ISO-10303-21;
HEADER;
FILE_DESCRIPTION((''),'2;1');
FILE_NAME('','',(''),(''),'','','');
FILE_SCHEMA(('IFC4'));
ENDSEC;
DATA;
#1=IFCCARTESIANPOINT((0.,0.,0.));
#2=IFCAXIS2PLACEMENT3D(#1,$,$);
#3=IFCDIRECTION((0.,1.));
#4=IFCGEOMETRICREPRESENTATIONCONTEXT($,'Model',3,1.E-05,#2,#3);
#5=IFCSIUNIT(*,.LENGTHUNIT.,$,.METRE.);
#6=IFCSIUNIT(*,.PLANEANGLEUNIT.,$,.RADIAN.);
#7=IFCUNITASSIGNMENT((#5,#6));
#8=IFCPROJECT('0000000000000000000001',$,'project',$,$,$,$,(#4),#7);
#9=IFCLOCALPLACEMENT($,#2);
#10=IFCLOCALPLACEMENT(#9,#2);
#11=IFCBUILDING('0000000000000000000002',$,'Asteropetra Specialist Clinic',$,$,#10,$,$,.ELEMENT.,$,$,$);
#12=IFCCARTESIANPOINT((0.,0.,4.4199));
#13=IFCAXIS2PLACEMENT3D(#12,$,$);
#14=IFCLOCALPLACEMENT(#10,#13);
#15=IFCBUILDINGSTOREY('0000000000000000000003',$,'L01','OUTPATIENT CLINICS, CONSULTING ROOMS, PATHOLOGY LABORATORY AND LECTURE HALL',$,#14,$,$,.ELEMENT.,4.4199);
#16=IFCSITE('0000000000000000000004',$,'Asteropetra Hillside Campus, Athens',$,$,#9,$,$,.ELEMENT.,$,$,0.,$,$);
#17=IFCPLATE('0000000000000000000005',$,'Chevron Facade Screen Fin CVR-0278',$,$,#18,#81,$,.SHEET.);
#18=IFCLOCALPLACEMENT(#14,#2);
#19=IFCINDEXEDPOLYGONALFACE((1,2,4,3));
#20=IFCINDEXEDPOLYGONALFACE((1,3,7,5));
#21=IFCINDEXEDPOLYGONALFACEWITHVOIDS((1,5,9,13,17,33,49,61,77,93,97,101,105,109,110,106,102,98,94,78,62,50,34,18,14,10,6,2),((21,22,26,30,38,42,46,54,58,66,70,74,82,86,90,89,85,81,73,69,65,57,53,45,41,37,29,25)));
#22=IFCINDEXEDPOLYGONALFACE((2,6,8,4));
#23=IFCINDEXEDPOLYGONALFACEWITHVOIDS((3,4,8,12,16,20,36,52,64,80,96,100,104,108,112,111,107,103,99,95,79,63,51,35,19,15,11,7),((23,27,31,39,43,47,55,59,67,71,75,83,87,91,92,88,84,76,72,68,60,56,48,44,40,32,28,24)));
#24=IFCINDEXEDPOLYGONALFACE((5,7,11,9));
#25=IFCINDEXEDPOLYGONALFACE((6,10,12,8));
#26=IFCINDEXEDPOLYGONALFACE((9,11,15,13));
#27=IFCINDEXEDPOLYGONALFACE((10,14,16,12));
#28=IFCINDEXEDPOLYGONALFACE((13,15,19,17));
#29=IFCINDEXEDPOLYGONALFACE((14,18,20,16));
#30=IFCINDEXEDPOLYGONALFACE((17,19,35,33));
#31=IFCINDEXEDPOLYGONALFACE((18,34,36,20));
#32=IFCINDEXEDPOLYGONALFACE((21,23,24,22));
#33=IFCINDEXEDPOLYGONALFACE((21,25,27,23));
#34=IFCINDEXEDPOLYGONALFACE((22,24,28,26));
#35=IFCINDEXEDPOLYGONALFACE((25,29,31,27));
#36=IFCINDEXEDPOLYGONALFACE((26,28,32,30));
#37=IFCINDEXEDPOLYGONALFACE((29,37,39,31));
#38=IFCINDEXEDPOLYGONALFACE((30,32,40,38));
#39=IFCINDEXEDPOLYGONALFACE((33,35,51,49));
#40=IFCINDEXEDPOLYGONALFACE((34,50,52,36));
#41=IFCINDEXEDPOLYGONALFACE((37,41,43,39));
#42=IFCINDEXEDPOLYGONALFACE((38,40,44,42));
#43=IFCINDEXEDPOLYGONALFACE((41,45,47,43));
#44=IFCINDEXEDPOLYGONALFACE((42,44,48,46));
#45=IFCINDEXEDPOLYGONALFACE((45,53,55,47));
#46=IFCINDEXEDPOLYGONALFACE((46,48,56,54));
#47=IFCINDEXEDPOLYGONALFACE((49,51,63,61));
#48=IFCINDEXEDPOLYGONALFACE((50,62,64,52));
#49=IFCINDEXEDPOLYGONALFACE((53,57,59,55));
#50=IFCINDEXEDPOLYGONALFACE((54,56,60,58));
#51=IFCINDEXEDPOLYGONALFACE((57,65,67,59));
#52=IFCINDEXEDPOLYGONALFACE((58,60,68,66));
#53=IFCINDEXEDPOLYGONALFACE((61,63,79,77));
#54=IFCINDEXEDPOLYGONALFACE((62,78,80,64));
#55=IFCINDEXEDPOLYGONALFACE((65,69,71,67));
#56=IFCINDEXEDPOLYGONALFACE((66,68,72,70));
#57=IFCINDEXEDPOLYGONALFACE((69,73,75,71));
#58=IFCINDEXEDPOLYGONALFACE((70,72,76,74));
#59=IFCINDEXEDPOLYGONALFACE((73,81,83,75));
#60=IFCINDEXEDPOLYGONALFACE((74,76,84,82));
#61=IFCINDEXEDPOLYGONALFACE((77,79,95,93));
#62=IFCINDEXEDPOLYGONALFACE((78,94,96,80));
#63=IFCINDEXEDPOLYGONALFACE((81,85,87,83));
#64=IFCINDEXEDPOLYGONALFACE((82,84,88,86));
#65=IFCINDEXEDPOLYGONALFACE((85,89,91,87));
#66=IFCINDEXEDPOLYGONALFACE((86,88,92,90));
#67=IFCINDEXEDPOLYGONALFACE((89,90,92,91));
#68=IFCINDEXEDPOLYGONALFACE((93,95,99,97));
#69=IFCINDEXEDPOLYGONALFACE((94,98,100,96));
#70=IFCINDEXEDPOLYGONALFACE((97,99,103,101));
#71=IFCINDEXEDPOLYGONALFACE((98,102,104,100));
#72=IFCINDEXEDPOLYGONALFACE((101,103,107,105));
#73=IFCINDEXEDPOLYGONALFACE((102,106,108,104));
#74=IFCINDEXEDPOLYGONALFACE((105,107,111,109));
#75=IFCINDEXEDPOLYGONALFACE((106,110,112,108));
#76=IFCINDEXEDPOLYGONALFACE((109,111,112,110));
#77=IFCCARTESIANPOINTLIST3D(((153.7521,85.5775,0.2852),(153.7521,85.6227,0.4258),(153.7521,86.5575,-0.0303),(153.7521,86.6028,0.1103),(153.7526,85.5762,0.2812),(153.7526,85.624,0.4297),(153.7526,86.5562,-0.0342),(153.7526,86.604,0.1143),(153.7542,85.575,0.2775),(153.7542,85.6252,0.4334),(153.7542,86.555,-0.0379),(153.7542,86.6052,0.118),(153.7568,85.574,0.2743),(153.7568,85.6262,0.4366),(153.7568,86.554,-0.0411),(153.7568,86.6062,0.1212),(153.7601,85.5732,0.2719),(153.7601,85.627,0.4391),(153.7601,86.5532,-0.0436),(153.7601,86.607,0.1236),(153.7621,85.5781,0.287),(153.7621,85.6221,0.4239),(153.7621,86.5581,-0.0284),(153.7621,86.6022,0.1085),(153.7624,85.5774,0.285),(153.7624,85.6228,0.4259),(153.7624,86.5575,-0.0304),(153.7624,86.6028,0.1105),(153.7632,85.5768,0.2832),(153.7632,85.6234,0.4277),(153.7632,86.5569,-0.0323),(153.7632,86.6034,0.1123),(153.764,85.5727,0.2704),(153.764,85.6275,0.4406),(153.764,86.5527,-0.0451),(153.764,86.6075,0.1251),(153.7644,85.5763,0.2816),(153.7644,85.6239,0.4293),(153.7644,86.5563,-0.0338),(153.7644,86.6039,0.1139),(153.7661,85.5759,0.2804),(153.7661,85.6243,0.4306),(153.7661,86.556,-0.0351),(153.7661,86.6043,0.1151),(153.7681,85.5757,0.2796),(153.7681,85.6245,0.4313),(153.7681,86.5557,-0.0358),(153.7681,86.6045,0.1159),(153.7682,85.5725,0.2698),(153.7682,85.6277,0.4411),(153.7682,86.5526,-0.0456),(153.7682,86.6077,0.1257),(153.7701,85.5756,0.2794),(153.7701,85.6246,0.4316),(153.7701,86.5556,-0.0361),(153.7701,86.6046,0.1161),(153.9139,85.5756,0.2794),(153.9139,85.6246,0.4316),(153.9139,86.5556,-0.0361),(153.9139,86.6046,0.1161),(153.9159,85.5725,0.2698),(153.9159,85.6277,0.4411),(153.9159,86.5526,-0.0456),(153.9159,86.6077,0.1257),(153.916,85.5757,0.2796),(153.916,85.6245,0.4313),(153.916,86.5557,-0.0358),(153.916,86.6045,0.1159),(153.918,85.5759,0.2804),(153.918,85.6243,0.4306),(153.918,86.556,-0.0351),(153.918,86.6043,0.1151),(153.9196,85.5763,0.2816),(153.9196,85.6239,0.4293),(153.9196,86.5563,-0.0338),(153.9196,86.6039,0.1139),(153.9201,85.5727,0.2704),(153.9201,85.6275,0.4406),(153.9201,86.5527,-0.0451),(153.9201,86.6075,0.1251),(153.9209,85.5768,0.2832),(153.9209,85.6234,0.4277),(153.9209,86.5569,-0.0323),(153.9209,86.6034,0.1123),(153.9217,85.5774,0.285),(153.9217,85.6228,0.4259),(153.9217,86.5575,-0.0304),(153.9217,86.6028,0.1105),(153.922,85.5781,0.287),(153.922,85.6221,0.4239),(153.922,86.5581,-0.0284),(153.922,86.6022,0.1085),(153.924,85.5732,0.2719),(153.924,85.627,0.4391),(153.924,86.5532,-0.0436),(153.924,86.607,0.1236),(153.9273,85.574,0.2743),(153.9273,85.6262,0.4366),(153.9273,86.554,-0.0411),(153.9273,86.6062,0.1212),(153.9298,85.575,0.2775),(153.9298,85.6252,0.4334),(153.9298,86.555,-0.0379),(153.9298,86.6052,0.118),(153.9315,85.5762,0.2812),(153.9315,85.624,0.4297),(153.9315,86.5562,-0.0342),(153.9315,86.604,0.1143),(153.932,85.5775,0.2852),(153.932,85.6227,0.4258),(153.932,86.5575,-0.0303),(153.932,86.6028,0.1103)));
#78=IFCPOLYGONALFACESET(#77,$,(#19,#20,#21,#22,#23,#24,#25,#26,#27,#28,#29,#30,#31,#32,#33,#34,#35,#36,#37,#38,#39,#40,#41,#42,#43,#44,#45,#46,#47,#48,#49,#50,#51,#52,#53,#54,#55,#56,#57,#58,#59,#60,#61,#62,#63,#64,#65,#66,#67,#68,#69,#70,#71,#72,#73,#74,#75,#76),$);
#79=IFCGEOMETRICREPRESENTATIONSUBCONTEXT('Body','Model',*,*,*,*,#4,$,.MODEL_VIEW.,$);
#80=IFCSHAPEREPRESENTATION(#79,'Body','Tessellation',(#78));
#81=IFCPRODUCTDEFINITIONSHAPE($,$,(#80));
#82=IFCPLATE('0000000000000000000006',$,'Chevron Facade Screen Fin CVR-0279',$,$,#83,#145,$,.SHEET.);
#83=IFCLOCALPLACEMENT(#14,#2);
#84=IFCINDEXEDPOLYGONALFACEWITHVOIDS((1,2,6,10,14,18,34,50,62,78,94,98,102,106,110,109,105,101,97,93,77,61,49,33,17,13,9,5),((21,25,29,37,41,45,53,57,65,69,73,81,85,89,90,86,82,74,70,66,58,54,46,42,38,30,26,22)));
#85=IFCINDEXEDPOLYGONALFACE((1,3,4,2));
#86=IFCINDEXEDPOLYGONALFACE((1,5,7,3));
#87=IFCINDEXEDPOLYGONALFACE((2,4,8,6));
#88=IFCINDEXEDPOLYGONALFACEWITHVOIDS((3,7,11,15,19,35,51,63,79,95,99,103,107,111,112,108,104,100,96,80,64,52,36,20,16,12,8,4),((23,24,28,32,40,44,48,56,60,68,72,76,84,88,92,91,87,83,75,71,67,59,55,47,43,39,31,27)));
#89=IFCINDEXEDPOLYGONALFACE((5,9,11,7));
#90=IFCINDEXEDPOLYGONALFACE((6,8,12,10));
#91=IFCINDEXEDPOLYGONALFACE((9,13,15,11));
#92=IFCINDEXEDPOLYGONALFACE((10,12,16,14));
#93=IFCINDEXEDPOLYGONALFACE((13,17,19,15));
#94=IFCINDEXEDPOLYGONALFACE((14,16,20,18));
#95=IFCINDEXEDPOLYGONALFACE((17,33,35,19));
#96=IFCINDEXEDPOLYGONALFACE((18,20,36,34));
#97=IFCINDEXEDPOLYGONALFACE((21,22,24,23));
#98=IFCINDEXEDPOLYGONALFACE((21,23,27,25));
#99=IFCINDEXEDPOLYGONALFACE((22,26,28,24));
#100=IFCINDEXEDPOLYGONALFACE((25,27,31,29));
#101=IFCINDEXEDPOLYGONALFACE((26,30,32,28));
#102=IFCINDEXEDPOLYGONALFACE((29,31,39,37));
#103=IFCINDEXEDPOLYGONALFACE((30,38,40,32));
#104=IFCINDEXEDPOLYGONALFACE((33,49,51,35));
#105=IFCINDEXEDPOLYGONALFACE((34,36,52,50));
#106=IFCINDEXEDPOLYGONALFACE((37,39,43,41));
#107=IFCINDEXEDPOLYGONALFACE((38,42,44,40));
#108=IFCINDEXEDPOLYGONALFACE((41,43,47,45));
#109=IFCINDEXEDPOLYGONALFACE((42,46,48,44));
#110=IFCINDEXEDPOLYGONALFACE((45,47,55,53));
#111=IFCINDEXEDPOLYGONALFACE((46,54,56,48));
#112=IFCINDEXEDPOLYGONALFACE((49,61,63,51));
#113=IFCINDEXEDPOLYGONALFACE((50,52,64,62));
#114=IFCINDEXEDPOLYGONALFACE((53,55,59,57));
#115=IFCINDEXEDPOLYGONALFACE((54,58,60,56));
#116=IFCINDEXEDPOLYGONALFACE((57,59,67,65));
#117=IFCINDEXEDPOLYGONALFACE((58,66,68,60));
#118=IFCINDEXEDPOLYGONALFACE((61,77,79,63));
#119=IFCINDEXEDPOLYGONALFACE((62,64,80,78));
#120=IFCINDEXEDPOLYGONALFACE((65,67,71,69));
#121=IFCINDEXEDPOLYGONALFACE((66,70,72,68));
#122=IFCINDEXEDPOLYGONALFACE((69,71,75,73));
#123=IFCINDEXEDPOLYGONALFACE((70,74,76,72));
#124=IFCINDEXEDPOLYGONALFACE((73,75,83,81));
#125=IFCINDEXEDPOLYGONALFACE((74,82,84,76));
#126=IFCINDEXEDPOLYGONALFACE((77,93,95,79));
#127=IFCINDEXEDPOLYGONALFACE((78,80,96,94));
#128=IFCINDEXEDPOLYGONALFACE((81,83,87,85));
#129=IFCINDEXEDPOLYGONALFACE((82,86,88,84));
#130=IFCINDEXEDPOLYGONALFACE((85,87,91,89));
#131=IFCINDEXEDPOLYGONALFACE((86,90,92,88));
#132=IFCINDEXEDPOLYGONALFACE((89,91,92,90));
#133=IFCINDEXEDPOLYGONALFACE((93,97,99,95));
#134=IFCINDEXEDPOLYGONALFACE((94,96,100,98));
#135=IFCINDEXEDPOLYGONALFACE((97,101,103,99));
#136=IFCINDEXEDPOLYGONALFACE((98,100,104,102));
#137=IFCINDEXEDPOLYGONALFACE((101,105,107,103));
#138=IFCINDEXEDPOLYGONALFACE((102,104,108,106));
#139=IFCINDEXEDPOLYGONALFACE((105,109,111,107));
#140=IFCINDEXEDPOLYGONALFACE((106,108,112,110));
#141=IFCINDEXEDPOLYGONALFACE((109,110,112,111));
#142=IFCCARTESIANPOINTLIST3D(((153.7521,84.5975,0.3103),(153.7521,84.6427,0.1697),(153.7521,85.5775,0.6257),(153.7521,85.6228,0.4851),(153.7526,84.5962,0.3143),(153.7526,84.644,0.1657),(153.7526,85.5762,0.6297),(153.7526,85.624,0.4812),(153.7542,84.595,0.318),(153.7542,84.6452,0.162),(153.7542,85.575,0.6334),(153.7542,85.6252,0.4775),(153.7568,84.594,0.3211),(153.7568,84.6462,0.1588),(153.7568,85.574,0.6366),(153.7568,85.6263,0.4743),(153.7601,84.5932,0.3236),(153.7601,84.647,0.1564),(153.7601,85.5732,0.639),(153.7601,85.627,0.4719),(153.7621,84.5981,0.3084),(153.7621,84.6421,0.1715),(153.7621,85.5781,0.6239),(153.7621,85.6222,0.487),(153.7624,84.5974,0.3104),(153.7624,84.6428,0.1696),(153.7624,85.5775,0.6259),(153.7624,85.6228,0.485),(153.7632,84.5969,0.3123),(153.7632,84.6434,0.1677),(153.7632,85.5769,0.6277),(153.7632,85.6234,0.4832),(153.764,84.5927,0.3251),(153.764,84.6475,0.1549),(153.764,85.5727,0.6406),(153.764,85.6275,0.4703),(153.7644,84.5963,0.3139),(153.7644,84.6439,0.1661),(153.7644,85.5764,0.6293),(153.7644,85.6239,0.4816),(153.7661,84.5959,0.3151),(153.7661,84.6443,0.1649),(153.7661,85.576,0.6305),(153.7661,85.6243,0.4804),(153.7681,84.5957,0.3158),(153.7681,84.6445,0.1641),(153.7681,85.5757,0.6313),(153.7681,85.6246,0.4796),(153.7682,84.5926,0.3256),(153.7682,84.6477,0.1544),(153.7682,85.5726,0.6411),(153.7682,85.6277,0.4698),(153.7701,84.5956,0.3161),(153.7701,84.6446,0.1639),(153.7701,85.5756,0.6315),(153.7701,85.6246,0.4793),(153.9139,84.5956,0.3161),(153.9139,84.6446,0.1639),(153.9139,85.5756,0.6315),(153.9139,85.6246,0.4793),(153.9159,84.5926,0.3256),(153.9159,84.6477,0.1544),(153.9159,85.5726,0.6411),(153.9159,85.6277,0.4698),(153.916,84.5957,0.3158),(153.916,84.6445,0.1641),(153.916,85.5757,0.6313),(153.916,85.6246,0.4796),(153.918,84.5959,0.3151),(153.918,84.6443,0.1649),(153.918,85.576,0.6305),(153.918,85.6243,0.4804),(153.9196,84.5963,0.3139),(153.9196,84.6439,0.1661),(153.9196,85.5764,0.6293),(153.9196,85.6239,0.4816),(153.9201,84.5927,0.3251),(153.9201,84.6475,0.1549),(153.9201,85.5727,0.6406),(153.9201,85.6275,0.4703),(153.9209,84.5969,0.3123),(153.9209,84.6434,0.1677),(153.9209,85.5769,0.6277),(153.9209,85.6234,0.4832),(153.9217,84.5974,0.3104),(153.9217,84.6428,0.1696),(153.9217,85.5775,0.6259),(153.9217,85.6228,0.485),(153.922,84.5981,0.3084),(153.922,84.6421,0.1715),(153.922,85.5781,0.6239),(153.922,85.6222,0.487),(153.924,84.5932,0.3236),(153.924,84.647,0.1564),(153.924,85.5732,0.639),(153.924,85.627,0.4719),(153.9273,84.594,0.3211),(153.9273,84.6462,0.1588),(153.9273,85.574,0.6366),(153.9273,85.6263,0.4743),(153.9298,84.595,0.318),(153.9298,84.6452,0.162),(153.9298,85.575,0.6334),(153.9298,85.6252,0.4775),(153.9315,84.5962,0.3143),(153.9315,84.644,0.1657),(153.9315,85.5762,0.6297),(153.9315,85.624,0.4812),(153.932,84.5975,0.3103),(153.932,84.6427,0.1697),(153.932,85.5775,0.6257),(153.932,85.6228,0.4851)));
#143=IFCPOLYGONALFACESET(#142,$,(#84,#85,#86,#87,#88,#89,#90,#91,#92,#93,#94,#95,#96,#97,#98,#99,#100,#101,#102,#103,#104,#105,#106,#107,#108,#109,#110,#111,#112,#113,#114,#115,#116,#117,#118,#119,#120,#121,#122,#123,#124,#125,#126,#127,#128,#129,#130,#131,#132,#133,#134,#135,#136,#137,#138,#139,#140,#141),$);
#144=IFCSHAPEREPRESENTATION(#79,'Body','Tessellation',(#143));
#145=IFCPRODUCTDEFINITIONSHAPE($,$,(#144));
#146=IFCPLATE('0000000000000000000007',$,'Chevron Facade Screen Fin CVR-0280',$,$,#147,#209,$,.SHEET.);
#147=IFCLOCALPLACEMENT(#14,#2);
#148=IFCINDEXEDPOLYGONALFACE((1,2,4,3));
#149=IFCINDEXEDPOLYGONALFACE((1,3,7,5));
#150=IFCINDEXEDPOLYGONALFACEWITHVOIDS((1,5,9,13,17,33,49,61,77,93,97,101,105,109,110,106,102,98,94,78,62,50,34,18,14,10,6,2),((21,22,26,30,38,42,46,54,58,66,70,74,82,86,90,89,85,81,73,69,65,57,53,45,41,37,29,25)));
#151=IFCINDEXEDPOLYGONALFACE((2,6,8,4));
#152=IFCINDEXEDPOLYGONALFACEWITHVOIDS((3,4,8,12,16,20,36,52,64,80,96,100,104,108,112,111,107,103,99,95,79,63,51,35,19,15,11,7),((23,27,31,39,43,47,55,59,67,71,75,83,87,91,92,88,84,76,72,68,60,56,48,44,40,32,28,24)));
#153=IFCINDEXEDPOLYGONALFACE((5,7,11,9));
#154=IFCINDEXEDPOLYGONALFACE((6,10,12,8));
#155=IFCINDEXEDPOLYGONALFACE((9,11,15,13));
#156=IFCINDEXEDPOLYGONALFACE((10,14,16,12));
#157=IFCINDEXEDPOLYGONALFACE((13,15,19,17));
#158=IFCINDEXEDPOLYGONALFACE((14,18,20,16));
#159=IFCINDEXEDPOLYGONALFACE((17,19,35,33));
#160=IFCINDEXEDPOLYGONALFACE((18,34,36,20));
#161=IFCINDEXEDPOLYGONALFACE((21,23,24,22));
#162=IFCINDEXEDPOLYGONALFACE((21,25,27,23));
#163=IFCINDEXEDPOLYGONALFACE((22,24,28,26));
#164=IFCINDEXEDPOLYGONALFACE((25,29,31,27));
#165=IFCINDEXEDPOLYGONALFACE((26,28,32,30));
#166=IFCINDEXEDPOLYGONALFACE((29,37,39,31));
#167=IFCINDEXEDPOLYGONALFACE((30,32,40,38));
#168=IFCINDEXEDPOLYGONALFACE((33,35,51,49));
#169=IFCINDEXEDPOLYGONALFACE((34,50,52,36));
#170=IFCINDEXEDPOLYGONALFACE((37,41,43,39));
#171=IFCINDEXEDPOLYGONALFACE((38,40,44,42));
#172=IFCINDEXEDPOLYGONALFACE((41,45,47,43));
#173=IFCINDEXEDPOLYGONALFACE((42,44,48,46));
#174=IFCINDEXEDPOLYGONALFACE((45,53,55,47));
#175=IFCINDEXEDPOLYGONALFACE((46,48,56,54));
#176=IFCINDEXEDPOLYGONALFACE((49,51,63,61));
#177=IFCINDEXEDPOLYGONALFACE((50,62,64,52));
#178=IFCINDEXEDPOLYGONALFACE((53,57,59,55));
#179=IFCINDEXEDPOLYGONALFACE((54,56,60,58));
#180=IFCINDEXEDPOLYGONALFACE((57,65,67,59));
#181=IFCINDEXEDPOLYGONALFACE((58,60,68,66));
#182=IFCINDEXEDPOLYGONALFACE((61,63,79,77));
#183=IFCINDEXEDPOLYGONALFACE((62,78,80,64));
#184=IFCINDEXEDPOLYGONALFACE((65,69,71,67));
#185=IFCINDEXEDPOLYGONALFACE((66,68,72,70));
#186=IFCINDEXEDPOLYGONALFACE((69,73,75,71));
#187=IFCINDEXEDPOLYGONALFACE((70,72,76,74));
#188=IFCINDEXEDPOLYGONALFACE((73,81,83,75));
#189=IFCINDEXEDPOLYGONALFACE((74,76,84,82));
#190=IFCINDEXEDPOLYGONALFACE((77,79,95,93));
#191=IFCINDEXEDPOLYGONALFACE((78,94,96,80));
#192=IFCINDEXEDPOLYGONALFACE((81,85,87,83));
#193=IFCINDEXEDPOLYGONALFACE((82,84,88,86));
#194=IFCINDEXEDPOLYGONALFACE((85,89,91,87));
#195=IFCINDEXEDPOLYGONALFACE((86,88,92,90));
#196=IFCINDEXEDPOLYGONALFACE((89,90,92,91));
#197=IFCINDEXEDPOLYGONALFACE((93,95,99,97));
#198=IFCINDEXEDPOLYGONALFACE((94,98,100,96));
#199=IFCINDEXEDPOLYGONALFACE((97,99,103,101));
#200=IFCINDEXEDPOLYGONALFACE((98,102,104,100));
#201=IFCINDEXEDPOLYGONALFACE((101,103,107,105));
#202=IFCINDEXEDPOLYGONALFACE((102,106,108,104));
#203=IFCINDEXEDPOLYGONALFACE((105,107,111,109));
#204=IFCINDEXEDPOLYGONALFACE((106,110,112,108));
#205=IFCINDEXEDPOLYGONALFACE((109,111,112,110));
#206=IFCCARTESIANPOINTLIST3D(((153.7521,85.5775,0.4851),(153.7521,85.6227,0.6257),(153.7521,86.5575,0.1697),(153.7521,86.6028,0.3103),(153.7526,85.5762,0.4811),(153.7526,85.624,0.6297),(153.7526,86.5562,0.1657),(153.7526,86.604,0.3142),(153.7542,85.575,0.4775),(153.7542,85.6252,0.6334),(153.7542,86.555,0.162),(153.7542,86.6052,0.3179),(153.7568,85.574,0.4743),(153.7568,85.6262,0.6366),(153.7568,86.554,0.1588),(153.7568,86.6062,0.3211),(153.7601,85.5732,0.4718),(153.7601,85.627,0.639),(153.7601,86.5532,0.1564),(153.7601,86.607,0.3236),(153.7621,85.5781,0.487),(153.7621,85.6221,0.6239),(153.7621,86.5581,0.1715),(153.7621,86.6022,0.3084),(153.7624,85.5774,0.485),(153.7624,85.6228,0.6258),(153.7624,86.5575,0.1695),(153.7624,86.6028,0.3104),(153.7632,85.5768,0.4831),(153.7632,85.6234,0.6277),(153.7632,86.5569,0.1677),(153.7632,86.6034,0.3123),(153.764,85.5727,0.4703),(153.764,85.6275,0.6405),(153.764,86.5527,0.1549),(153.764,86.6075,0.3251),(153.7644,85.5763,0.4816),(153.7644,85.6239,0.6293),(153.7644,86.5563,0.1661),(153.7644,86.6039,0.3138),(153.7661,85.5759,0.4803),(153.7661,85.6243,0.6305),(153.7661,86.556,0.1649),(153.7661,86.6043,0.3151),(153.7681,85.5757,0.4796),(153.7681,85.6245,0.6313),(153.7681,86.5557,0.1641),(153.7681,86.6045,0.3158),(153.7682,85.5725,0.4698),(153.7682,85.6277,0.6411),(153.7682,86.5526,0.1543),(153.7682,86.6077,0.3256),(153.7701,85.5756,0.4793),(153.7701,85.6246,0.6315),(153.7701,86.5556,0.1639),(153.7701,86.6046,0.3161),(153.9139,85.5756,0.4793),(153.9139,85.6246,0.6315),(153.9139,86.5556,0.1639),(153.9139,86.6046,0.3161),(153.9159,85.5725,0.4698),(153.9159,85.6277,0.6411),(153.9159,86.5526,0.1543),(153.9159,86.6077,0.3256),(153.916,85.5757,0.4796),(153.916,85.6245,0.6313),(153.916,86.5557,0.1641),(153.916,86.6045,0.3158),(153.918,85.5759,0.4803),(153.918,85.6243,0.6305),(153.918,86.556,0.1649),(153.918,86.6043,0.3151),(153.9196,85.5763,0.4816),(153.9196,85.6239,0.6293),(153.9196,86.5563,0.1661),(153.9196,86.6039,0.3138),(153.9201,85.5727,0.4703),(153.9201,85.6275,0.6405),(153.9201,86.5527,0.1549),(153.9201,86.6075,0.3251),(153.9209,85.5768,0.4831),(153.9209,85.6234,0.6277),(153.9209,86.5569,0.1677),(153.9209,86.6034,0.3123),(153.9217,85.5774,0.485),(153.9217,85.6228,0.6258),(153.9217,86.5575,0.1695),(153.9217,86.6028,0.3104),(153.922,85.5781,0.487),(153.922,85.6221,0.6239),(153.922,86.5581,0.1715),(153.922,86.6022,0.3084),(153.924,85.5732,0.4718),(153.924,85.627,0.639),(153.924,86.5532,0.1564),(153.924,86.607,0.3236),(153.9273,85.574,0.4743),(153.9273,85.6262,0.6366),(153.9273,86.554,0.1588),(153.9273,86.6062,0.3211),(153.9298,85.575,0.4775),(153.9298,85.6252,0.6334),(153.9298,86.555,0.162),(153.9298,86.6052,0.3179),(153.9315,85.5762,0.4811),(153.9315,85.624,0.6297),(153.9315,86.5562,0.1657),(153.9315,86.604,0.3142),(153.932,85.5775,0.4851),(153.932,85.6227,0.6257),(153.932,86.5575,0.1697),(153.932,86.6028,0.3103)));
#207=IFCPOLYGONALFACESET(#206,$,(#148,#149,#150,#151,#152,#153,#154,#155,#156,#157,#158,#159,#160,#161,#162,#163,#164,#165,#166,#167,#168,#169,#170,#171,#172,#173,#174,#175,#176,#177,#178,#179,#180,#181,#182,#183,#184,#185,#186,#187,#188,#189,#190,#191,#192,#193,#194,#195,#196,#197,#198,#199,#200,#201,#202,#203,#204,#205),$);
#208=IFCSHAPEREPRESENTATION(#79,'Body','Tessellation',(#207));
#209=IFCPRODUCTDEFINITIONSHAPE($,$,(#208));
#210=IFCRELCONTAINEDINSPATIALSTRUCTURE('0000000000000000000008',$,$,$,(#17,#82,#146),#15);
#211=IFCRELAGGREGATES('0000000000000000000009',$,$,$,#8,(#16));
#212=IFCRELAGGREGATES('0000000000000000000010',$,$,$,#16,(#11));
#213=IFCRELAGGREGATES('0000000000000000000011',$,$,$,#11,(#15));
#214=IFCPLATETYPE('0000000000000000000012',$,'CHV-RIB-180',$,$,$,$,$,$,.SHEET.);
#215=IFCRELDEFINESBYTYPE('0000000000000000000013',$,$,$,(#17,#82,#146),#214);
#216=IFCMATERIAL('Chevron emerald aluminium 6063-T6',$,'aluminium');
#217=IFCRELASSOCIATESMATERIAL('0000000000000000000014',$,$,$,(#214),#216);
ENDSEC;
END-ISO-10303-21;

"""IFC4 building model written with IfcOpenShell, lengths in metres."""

from ifc_helpers import new_model, si_unit, direction, frame, origin, origin_2d, place, context, subcontext, project, spatial, hollow_rectangle, extrude, material, material_profile, profile_set, type_object, element, save


model = new_model("IFC4")

# Units and contexts
model_context = context("Model", 3, precision=1e-05, world=origin(), true_north=direction((0.0, 1.0)))
body_context = subcontext(model_context, "Body", "Model", "MODEL_VIEW")
ifc_project = project(units=[si_unit("LENGTHUNIT", "METRE"), si_unit("PLANEANGLEUNIT", "RADIAN")], contexts=[model_context])

# Site, building, storey
site_placement = place(None, origin())
site = spatial("IfcSite", under=ifc_project, at=site_placement, Name="Asteropetra Hillside Campus, Athens", CompositionType="ELEMENT", RefElevation=0.0)
building_placement = place(site_placement, origin())
building = spatial("IfcBuilding", under=site, at=building_placement, Name="Asteropetra Specialist Clinic", CompositionType="ELEMENT")
storey_placement = place(building_placement, frame((0.0, 0.0, 4.4199)))
storey = spatial("IfcBuildingStorey", under=building, at=storey_placement, Name="L01", Description="OUTPATIENT CLINICS, CONSULTING ROOMS, PATHOLOGY LABORATORY AND LECTURE HALL", CompositionType="ELEMENT", Elevation=4.4199)

# Plates
ifc_material = material(Name="Chevron emerald aluminium 6063-T6", Category="aluminium")
ifc_material_profile = material_profile(ifc_material, hollow_rectangle(XDim=0.1799, YDim=0.1799, WallThickness=0.01, InnerFilletRadius=0.0081, OuterFilletRadius=0.0161, at=origin_2d()), Name="SHS 180x180x10.0")
ifc_profile_set = profile_set([ifc_material_profile], Name="Chevron emerald aluminium 6063-T6")
plate_type = type_object("IfcPlateType", Name="CHV-RIB-180", PredefinedType="SHEET", material=ifc_profile_set)
for number, where, z_axis, x_axis, name in (
    (1, (153.842, 85.6001, 0.3555), (0.0, 0.951905, -0.306393), (-1.0, 0.0, 0.0), "Chevron Facade Screen Fin CVR-0278"),
    (2, (153.842, 84.6201, 0.24), (0.0, 0.951905, 0.306393), (-1.0, 0.0, 0.0), "Chevron Facade Screen Fin CVR-0279"),
    (3, (153.842, 85.6001, 0.5554), (0.0, 0.951905, -0.306393), (-1.0, 0.0, 0.0), "Chevron Facade Screen Fin CVR-0280"),
):
    element("IfcPlate", number, at=place(storey_placement, frame(where, z_axis=z_axis, x_axis=x_axis)), inside=storey, type_object=plate_type, Name=name, PredefinedType="SHEET", context=body_context, shape_type="SweptSolid", body=[
        extrude(hollow_rectangle(XDim=0.1799, YDim=0.1799, WallThickness=0.01, InnerFilletRadius=0.0081, OuterFilletRadius=0.0161, at=origin_2d()), origin(), (0.0, 0.0, 1.0), 1.0295),
    ])

save(model, "model.ifc")
